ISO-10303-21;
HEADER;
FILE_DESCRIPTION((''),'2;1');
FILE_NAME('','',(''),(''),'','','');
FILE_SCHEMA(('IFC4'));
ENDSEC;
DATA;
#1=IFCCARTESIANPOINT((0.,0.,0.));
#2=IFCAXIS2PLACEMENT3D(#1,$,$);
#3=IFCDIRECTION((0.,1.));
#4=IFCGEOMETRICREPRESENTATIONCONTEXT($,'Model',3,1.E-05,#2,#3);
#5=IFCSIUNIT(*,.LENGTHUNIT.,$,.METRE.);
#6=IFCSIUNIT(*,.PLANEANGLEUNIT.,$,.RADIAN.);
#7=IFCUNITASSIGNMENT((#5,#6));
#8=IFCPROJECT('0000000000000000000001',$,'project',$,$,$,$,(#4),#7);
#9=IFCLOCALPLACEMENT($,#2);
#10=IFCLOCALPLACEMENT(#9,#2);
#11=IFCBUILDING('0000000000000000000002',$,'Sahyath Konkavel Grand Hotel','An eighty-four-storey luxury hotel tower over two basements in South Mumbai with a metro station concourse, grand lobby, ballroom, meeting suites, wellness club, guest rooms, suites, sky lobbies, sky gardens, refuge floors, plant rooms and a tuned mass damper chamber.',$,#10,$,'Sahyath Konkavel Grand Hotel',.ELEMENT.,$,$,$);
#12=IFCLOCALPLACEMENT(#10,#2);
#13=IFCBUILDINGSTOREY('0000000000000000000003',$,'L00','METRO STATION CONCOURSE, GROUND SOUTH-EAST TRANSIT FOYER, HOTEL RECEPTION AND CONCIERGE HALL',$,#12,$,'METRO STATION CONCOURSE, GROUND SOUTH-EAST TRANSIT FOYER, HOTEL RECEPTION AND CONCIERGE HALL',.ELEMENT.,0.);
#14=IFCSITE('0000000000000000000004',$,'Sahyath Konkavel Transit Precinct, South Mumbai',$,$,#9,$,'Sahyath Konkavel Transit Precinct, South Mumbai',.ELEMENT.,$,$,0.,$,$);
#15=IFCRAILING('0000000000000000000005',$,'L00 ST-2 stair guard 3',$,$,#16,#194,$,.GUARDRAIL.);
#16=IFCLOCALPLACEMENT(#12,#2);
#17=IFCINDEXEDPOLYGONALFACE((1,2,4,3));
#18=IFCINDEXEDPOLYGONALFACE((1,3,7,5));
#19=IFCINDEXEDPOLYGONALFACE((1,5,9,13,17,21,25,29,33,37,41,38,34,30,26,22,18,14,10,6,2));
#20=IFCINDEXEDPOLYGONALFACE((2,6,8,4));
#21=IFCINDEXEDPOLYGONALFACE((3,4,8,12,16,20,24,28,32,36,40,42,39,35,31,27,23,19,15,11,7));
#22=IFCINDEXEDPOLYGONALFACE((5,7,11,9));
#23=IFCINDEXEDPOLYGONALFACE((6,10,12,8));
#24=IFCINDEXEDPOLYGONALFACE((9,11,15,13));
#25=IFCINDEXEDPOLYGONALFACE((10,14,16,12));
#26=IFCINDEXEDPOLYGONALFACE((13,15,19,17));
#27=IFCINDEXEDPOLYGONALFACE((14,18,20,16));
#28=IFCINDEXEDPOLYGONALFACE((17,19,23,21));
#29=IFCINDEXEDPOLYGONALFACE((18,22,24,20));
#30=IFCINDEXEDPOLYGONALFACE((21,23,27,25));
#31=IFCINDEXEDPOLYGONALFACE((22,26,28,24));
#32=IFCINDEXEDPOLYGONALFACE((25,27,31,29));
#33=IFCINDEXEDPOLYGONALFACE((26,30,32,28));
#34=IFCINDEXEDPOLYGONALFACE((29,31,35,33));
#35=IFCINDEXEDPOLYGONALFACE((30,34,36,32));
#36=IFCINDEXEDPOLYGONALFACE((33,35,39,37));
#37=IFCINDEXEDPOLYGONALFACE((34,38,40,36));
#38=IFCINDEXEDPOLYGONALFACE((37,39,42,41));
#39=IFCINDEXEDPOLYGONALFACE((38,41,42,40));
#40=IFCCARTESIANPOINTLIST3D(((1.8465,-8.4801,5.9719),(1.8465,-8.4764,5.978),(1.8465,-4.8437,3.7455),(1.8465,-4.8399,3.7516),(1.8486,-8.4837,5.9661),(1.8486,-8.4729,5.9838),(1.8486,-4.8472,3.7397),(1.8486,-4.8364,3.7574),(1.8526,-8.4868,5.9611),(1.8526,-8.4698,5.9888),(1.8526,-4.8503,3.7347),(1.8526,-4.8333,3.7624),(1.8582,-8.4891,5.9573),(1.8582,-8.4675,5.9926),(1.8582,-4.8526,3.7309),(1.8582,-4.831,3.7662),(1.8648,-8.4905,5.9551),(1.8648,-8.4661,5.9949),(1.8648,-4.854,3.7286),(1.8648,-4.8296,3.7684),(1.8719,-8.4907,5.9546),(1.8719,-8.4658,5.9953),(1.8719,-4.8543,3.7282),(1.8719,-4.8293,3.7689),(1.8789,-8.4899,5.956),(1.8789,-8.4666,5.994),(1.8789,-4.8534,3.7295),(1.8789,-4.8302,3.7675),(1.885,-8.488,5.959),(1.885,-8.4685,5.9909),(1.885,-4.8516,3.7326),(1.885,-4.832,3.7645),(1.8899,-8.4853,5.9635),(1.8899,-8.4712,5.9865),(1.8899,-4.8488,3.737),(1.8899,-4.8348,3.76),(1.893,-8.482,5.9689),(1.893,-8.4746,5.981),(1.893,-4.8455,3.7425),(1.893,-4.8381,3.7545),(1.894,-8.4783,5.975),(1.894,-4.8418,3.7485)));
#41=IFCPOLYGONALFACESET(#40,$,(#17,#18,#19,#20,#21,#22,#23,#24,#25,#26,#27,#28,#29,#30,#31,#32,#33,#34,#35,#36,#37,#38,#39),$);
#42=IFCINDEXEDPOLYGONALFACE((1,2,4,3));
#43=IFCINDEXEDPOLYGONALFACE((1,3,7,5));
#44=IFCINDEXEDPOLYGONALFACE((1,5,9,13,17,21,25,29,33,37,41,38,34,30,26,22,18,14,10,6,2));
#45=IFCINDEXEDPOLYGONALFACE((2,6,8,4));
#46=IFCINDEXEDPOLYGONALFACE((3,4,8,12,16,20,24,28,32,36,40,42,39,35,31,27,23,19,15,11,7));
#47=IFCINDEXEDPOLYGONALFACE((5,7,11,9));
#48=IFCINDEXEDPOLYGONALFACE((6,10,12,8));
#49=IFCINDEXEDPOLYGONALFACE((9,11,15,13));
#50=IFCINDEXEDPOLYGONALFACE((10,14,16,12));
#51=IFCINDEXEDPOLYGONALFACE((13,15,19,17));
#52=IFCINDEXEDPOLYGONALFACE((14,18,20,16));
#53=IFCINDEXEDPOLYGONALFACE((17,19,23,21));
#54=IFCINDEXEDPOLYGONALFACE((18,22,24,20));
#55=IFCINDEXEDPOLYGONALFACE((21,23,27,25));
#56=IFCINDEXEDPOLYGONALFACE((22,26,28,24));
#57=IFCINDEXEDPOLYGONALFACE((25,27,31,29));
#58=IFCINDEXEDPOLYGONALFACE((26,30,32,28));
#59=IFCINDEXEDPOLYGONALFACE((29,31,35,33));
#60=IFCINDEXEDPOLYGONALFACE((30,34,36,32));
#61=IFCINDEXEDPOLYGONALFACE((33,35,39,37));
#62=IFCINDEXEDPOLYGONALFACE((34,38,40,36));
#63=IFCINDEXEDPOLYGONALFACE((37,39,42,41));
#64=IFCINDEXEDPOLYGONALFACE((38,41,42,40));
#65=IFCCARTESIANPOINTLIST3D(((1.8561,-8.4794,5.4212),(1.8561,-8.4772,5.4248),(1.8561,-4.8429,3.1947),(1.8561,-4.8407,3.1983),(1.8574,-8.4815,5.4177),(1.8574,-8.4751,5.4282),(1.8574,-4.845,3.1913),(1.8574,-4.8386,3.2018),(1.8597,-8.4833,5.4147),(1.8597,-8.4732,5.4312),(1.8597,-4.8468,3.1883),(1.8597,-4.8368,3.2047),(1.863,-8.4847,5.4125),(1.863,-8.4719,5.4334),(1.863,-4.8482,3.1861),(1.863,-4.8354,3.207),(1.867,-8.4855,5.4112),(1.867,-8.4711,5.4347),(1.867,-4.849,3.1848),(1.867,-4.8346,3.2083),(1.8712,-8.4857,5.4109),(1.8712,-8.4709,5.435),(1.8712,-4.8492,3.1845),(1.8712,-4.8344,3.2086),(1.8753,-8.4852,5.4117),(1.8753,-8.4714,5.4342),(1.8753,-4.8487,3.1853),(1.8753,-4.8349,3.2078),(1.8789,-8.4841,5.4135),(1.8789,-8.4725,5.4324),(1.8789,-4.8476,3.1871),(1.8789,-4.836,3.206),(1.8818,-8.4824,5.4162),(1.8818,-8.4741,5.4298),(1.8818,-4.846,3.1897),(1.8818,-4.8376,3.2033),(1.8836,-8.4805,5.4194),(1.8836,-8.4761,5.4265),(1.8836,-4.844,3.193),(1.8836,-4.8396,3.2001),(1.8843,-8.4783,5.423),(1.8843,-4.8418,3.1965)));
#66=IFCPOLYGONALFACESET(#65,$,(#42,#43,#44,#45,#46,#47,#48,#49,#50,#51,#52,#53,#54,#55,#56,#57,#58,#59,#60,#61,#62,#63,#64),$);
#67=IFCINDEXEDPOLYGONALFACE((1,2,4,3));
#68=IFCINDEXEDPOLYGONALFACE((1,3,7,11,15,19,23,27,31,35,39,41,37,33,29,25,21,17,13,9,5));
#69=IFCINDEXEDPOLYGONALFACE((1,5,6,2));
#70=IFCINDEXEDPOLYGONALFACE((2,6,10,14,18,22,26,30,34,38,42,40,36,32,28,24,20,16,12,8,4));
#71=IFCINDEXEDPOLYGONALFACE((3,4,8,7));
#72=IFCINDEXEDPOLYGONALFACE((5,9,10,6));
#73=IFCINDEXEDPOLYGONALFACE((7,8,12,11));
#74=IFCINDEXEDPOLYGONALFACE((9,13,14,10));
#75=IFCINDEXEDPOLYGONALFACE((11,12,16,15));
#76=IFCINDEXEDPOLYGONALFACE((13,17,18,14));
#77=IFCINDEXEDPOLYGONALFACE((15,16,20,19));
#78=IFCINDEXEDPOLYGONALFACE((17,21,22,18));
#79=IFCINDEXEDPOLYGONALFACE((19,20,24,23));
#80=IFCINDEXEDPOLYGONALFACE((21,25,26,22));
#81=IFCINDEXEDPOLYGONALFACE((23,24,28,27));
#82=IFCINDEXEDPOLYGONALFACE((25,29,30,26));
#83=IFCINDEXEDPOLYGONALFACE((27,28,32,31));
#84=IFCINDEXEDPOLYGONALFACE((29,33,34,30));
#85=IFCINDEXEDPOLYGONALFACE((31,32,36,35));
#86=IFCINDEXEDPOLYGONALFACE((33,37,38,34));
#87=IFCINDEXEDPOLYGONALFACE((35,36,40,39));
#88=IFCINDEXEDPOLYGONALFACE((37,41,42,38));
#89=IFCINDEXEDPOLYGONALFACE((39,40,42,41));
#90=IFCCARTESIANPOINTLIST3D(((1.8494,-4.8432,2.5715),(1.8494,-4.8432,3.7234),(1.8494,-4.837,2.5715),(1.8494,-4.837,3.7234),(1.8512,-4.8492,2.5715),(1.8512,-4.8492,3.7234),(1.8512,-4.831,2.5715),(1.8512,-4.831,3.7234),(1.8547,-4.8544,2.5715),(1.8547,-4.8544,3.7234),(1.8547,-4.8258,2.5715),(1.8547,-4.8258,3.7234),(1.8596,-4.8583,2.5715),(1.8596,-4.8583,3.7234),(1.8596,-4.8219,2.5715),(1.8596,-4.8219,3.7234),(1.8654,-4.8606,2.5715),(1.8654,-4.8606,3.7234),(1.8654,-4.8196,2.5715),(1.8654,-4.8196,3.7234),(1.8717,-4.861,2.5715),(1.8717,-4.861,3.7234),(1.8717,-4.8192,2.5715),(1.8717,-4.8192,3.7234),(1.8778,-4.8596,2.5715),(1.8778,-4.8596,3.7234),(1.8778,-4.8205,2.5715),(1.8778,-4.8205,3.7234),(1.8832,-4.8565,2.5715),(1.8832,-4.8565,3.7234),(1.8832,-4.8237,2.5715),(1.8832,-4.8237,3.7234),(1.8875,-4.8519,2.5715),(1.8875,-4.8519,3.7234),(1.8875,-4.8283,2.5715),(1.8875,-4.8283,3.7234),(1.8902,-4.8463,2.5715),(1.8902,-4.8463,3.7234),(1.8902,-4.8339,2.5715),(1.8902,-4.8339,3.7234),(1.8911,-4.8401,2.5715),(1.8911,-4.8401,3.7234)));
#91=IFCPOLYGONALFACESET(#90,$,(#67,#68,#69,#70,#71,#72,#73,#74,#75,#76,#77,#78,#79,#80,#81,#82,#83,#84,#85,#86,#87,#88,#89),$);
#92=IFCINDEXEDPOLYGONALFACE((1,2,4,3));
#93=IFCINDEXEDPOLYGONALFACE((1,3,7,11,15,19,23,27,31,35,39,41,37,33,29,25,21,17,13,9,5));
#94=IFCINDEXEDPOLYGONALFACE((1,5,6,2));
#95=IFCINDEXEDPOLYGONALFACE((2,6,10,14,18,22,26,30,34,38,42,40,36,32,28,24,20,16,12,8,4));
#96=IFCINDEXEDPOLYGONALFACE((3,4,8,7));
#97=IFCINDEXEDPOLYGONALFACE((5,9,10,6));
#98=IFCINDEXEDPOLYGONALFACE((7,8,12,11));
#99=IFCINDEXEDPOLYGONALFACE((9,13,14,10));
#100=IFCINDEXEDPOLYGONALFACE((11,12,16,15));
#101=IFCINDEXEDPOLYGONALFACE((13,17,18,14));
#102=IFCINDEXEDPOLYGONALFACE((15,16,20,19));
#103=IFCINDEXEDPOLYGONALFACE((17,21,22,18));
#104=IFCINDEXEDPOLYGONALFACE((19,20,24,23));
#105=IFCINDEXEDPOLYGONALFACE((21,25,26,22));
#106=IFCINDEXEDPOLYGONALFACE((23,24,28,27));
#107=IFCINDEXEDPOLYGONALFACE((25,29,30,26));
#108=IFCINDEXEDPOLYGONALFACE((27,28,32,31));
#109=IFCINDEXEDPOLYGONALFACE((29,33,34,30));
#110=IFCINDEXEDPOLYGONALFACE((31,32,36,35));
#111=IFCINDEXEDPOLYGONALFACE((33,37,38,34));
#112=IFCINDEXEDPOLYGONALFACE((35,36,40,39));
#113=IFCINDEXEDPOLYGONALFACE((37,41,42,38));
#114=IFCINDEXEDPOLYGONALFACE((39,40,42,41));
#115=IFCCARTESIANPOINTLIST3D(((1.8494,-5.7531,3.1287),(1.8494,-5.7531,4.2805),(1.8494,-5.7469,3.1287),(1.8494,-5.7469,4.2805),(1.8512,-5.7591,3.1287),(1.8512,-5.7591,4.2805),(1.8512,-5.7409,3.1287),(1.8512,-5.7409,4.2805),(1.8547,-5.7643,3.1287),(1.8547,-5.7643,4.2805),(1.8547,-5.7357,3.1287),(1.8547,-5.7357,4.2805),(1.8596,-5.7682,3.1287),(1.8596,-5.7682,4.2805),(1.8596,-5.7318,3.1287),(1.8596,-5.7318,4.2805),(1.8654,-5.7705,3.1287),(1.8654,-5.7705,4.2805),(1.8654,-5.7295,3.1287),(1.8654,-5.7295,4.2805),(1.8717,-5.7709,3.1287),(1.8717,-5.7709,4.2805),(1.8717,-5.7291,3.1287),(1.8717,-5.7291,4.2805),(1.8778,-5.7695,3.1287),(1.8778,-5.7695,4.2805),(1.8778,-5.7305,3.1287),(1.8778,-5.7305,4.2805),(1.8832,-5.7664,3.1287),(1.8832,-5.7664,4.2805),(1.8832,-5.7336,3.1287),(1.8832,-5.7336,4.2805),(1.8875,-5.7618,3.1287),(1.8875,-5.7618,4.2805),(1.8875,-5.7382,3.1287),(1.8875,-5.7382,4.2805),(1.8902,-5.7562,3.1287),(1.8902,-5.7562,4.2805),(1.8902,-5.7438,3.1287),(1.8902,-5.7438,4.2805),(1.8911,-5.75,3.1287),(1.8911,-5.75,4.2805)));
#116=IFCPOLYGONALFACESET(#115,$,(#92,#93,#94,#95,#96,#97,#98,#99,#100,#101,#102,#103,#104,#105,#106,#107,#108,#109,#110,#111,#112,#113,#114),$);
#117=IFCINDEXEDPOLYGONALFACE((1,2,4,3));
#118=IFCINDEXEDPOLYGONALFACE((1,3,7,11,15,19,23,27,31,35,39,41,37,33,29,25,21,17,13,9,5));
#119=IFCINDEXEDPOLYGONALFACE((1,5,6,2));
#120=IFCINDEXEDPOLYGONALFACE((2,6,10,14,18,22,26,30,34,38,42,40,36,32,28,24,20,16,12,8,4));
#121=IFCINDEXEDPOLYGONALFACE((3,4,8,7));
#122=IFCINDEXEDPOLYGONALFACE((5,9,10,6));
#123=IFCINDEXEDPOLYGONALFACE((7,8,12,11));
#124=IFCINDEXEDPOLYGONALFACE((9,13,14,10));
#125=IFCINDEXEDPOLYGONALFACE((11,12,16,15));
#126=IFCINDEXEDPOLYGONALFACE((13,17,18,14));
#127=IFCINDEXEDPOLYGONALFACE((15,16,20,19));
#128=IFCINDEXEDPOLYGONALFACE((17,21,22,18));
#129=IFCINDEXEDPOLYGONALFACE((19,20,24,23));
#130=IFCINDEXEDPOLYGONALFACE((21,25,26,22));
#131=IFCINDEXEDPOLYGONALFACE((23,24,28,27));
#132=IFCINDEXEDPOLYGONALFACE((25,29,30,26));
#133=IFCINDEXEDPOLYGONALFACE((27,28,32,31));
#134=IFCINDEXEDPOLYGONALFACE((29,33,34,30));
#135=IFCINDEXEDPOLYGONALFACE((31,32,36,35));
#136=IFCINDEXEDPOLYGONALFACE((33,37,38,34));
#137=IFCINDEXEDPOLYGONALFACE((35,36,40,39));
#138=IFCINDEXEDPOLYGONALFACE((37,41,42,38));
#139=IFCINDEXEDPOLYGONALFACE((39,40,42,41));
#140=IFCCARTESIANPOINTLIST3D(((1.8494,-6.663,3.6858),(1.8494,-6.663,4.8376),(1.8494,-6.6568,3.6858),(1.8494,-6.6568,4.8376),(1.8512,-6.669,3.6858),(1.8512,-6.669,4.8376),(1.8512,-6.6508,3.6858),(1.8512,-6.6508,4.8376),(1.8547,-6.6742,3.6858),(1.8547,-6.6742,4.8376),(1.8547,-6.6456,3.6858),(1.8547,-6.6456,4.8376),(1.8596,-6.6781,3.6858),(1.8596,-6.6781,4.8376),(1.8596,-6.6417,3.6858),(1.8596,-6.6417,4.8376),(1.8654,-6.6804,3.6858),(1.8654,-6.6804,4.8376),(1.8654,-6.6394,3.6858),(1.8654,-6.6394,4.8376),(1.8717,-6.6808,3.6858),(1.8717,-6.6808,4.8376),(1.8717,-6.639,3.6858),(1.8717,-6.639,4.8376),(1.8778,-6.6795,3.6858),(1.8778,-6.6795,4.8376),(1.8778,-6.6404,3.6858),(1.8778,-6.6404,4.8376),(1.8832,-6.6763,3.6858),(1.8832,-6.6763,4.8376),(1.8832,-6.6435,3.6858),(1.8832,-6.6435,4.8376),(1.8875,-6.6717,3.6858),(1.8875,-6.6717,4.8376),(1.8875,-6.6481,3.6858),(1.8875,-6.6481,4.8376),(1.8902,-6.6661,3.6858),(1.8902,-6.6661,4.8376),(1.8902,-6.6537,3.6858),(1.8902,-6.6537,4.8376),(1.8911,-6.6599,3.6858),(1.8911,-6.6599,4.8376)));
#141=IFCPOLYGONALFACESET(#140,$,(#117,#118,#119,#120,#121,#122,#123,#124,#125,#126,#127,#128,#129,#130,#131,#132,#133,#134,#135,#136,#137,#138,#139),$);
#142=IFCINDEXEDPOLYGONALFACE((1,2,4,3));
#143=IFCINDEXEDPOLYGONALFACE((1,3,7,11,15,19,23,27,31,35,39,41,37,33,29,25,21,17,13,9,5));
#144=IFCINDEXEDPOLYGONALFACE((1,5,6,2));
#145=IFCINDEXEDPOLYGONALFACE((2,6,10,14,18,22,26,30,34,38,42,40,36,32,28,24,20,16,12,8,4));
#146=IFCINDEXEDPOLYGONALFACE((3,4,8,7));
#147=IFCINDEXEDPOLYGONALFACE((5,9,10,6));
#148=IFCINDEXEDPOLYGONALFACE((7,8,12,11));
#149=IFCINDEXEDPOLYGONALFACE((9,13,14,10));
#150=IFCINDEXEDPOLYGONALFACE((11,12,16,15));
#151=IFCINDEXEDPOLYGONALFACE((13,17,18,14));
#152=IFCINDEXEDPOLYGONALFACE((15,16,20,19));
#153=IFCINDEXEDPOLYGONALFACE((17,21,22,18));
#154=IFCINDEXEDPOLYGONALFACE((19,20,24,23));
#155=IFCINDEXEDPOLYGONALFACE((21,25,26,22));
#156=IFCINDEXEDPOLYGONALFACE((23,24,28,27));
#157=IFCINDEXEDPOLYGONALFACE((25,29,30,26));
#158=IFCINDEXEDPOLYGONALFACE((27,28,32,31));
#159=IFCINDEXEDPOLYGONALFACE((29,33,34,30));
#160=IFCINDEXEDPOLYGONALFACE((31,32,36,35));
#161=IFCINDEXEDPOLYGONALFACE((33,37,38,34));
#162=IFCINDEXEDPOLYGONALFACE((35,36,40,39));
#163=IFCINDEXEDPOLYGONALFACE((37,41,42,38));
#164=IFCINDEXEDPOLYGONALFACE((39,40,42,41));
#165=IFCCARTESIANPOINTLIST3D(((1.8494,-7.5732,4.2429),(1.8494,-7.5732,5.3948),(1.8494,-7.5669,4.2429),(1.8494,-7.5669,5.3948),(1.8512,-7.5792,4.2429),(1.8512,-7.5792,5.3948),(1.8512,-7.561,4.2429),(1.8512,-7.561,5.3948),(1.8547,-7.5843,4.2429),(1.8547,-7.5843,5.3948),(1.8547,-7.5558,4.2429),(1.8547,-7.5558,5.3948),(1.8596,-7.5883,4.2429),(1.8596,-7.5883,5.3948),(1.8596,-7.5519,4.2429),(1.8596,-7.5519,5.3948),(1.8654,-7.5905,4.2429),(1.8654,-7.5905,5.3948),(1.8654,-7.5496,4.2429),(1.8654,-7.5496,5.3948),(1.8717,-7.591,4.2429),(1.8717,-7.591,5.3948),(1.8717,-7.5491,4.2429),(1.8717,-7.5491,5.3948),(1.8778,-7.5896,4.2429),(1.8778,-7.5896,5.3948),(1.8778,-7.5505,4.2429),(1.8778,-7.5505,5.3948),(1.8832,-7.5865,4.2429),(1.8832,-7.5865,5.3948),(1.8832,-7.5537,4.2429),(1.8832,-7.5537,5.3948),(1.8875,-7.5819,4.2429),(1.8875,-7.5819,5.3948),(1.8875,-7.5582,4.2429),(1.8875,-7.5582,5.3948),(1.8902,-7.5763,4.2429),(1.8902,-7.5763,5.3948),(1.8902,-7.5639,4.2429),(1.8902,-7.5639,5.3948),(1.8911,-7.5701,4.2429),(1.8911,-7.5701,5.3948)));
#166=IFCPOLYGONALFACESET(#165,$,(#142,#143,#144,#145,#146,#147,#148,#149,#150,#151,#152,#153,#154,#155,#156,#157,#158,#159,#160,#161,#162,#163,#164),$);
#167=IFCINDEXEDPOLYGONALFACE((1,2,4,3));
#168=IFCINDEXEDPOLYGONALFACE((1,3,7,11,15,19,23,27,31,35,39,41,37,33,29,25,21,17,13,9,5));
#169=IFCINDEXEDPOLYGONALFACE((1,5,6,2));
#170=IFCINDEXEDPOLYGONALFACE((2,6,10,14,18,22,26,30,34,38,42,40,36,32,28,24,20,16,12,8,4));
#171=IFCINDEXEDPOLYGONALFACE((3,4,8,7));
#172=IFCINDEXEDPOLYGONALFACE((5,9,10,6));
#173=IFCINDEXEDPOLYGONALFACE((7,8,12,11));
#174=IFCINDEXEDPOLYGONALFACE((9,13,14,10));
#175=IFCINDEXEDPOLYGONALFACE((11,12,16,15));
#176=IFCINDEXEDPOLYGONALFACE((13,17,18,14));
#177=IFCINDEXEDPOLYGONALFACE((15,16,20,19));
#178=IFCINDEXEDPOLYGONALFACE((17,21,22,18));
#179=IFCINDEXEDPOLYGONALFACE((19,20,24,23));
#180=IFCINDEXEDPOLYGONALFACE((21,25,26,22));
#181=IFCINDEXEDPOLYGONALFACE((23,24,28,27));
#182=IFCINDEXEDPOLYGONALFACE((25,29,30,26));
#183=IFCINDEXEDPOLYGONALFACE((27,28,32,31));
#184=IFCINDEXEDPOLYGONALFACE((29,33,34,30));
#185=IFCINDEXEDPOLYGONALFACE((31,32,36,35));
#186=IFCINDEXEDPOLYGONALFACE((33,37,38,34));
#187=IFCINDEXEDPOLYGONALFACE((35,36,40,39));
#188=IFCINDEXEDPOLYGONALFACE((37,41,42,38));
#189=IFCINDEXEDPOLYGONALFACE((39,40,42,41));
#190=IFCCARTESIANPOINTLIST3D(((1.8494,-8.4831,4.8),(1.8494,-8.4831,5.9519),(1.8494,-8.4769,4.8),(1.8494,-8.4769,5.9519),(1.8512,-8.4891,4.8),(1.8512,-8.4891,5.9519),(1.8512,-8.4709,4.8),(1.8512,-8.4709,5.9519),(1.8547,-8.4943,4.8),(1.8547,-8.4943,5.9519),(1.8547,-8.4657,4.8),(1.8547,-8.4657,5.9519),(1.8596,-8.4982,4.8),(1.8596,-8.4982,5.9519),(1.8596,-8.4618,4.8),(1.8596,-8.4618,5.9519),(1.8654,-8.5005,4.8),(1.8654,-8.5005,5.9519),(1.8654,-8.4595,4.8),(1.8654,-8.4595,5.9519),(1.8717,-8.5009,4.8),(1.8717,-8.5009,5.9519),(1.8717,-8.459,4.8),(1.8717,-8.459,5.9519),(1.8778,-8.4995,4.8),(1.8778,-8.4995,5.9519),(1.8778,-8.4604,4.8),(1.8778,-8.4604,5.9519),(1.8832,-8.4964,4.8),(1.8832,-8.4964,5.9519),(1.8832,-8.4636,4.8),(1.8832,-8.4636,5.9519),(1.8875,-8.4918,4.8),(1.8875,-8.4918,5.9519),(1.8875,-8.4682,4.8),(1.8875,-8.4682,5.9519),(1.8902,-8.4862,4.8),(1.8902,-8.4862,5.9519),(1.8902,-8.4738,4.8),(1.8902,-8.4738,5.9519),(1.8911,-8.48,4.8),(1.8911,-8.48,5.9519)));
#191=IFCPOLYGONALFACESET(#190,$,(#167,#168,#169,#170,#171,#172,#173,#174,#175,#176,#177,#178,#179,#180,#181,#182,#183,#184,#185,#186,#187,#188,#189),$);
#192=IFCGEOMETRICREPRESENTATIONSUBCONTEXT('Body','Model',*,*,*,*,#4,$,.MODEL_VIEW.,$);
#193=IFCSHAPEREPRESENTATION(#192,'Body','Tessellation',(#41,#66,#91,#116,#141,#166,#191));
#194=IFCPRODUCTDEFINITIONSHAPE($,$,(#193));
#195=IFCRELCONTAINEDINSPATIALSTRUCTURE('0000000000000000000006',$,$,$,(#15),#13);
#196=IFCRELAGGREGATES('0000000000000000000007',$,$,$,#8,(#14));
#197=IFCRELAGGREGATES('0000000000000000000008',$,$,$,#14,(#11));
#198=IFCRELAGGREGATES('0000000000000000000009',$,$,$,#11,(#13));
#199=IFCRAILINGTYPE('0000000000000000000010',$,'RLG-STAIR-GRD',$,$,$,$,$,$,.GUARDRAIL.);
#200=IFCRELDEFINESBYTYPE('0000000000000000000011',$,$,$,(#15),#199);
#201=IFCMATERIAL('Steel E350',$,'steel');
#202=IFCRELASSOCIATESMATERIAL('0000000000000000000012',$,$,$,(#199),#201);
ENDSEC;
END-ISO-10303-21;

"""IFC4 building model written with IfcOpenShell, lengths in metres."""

from ifc_helpers import new_model, si_unit, direction, frame, origin, origin_2d, place, context, subcontext, project, spatial, circle, extrude, material, type_object, element, save


model = new_model("IFC4")

# Units and contexts
model_context = context("Model", 3, precision=1e-05, world=origin(), true_north=direction((0.0, 1.0)))
body_context = subcontext(model_context, "Body", "Model", "MODEL_VIEW")
ifc_project = project(units=[si_unit("LENGTHUNIT", "METRE"), si_unit("PLANEANGLEUNIT", "RADIAN")], contexts=[model_context])

# Site, building, storey
site_placement = place(None, origin())
site = spatial("IfcSite", under=ifc_project, at=site_placement, Name="Sahyath Konkavel Transit Precinct, South Mumbai", LongName="Sahyath Konkavel Transit Precinct, South Mumbai", CompositionType="ELEMENT", RefElevation=0.0)
building_placement = place(site_placement, origin())
building = spatial("IfcBuilding", under=site, at=building_placement, Name="Sahyath Konkavel Grand Hotel", Description="An eighty-four-storey luxury hotel tower over two basements in South Mumbai with a metro station concourse, grand lobby, ballroom, meeting suites, wellness club, guest rooms, suites, sky lobbies, sky gardens, refuge floors, plant rooms and a tuned mass damper chamber.", LongName="Sahyath Konkavel Grand Hotel", CompositionType="ELEMENT")
storey_placement = place(building_placement, origin())
storey = spatial("IfcBuildingStorey", under=building, at=storey_placement, Name="L00", Description="METRO STATION CONCOURSE, GROUND SOUTH-EAST TRANSIT FOYER, HOTEL RECEPTION AND CONCIERGE HALL", LongName="METRO STATION CONCOURSE, GROUND SOUTH-EAST TRANSIT FOYER, HOTEL RECEPTION AND CONCIERGE HALL", CompositionType="ELEMENT", Elevation=0.0)

# Shared definitions
ifc_material_1 = material(Name="Steel E350", Category="steel")

# Railing
railing_type_1 = type_object("IfcRailingType", Name="RLG-STAIR-GRD", PredefinedType="GUARDRAIL", material=ifc_material_1)
railing_1_placement = place(storey_placement, frame((1.8701, -4.8401, 2.5715)))
element("IfcRailing", 1, at=railing_1_placement, inside=storey, type_object=railing_type_1, Name="L00 ST-2 stair guard 3", PredefinedType="GUARDRAIL", context=body_context, shape_type="SweptSolid", body=[
    extrude(circle(Radius=0.0239, at=origin_2d()), frame((0.0, -0.0017, 1.177), z_axis=(0.0, -0.85285, 0.522156), x_axis=(1.0, 0.0, 0.0)), (0.0, 0.0, 1.0), 4.2639),
    extrude(circle(Radius=0.0142, at=origin_2d()), frame((0.0, -0.0017, 0.625), z_axis=(0.0, -0.85285, 0.522156), x_axis=(1.0, 0.0, 0.0)), (0.0, 0.0, 1.0), 4.2639),
    extrude(circle(Radius=0.021, at=origin_2d()), origin(), (0.0, 0.0, 1.0), 1.1519),
    extrude(circle(Radius=0.021, at=origin_2d()), frame((0.0, -0.9099, 0.5571)), (0.0, 0.0, 1.0), 1.1519),
    extrude(circle(Radius=0.021, at=origin_2d()), frame((0.0, -1.8198, 1.1143)), (0.0, 0.0, 1.0), 1.1519),
    extrude(circle(Radius=0.021, at=origin_2d()), frame((0.0, -2.73, 1.6714)), (0.0, 0.0, 1.0), 1.1519),
    extrude(circle(Radius=0.021, at=origin_2d()), frame((0.0, -3.6399, 2.2285)), (0.0, 0.0, 1.0), 1.1519),
])

save(model, "model.ifc")
